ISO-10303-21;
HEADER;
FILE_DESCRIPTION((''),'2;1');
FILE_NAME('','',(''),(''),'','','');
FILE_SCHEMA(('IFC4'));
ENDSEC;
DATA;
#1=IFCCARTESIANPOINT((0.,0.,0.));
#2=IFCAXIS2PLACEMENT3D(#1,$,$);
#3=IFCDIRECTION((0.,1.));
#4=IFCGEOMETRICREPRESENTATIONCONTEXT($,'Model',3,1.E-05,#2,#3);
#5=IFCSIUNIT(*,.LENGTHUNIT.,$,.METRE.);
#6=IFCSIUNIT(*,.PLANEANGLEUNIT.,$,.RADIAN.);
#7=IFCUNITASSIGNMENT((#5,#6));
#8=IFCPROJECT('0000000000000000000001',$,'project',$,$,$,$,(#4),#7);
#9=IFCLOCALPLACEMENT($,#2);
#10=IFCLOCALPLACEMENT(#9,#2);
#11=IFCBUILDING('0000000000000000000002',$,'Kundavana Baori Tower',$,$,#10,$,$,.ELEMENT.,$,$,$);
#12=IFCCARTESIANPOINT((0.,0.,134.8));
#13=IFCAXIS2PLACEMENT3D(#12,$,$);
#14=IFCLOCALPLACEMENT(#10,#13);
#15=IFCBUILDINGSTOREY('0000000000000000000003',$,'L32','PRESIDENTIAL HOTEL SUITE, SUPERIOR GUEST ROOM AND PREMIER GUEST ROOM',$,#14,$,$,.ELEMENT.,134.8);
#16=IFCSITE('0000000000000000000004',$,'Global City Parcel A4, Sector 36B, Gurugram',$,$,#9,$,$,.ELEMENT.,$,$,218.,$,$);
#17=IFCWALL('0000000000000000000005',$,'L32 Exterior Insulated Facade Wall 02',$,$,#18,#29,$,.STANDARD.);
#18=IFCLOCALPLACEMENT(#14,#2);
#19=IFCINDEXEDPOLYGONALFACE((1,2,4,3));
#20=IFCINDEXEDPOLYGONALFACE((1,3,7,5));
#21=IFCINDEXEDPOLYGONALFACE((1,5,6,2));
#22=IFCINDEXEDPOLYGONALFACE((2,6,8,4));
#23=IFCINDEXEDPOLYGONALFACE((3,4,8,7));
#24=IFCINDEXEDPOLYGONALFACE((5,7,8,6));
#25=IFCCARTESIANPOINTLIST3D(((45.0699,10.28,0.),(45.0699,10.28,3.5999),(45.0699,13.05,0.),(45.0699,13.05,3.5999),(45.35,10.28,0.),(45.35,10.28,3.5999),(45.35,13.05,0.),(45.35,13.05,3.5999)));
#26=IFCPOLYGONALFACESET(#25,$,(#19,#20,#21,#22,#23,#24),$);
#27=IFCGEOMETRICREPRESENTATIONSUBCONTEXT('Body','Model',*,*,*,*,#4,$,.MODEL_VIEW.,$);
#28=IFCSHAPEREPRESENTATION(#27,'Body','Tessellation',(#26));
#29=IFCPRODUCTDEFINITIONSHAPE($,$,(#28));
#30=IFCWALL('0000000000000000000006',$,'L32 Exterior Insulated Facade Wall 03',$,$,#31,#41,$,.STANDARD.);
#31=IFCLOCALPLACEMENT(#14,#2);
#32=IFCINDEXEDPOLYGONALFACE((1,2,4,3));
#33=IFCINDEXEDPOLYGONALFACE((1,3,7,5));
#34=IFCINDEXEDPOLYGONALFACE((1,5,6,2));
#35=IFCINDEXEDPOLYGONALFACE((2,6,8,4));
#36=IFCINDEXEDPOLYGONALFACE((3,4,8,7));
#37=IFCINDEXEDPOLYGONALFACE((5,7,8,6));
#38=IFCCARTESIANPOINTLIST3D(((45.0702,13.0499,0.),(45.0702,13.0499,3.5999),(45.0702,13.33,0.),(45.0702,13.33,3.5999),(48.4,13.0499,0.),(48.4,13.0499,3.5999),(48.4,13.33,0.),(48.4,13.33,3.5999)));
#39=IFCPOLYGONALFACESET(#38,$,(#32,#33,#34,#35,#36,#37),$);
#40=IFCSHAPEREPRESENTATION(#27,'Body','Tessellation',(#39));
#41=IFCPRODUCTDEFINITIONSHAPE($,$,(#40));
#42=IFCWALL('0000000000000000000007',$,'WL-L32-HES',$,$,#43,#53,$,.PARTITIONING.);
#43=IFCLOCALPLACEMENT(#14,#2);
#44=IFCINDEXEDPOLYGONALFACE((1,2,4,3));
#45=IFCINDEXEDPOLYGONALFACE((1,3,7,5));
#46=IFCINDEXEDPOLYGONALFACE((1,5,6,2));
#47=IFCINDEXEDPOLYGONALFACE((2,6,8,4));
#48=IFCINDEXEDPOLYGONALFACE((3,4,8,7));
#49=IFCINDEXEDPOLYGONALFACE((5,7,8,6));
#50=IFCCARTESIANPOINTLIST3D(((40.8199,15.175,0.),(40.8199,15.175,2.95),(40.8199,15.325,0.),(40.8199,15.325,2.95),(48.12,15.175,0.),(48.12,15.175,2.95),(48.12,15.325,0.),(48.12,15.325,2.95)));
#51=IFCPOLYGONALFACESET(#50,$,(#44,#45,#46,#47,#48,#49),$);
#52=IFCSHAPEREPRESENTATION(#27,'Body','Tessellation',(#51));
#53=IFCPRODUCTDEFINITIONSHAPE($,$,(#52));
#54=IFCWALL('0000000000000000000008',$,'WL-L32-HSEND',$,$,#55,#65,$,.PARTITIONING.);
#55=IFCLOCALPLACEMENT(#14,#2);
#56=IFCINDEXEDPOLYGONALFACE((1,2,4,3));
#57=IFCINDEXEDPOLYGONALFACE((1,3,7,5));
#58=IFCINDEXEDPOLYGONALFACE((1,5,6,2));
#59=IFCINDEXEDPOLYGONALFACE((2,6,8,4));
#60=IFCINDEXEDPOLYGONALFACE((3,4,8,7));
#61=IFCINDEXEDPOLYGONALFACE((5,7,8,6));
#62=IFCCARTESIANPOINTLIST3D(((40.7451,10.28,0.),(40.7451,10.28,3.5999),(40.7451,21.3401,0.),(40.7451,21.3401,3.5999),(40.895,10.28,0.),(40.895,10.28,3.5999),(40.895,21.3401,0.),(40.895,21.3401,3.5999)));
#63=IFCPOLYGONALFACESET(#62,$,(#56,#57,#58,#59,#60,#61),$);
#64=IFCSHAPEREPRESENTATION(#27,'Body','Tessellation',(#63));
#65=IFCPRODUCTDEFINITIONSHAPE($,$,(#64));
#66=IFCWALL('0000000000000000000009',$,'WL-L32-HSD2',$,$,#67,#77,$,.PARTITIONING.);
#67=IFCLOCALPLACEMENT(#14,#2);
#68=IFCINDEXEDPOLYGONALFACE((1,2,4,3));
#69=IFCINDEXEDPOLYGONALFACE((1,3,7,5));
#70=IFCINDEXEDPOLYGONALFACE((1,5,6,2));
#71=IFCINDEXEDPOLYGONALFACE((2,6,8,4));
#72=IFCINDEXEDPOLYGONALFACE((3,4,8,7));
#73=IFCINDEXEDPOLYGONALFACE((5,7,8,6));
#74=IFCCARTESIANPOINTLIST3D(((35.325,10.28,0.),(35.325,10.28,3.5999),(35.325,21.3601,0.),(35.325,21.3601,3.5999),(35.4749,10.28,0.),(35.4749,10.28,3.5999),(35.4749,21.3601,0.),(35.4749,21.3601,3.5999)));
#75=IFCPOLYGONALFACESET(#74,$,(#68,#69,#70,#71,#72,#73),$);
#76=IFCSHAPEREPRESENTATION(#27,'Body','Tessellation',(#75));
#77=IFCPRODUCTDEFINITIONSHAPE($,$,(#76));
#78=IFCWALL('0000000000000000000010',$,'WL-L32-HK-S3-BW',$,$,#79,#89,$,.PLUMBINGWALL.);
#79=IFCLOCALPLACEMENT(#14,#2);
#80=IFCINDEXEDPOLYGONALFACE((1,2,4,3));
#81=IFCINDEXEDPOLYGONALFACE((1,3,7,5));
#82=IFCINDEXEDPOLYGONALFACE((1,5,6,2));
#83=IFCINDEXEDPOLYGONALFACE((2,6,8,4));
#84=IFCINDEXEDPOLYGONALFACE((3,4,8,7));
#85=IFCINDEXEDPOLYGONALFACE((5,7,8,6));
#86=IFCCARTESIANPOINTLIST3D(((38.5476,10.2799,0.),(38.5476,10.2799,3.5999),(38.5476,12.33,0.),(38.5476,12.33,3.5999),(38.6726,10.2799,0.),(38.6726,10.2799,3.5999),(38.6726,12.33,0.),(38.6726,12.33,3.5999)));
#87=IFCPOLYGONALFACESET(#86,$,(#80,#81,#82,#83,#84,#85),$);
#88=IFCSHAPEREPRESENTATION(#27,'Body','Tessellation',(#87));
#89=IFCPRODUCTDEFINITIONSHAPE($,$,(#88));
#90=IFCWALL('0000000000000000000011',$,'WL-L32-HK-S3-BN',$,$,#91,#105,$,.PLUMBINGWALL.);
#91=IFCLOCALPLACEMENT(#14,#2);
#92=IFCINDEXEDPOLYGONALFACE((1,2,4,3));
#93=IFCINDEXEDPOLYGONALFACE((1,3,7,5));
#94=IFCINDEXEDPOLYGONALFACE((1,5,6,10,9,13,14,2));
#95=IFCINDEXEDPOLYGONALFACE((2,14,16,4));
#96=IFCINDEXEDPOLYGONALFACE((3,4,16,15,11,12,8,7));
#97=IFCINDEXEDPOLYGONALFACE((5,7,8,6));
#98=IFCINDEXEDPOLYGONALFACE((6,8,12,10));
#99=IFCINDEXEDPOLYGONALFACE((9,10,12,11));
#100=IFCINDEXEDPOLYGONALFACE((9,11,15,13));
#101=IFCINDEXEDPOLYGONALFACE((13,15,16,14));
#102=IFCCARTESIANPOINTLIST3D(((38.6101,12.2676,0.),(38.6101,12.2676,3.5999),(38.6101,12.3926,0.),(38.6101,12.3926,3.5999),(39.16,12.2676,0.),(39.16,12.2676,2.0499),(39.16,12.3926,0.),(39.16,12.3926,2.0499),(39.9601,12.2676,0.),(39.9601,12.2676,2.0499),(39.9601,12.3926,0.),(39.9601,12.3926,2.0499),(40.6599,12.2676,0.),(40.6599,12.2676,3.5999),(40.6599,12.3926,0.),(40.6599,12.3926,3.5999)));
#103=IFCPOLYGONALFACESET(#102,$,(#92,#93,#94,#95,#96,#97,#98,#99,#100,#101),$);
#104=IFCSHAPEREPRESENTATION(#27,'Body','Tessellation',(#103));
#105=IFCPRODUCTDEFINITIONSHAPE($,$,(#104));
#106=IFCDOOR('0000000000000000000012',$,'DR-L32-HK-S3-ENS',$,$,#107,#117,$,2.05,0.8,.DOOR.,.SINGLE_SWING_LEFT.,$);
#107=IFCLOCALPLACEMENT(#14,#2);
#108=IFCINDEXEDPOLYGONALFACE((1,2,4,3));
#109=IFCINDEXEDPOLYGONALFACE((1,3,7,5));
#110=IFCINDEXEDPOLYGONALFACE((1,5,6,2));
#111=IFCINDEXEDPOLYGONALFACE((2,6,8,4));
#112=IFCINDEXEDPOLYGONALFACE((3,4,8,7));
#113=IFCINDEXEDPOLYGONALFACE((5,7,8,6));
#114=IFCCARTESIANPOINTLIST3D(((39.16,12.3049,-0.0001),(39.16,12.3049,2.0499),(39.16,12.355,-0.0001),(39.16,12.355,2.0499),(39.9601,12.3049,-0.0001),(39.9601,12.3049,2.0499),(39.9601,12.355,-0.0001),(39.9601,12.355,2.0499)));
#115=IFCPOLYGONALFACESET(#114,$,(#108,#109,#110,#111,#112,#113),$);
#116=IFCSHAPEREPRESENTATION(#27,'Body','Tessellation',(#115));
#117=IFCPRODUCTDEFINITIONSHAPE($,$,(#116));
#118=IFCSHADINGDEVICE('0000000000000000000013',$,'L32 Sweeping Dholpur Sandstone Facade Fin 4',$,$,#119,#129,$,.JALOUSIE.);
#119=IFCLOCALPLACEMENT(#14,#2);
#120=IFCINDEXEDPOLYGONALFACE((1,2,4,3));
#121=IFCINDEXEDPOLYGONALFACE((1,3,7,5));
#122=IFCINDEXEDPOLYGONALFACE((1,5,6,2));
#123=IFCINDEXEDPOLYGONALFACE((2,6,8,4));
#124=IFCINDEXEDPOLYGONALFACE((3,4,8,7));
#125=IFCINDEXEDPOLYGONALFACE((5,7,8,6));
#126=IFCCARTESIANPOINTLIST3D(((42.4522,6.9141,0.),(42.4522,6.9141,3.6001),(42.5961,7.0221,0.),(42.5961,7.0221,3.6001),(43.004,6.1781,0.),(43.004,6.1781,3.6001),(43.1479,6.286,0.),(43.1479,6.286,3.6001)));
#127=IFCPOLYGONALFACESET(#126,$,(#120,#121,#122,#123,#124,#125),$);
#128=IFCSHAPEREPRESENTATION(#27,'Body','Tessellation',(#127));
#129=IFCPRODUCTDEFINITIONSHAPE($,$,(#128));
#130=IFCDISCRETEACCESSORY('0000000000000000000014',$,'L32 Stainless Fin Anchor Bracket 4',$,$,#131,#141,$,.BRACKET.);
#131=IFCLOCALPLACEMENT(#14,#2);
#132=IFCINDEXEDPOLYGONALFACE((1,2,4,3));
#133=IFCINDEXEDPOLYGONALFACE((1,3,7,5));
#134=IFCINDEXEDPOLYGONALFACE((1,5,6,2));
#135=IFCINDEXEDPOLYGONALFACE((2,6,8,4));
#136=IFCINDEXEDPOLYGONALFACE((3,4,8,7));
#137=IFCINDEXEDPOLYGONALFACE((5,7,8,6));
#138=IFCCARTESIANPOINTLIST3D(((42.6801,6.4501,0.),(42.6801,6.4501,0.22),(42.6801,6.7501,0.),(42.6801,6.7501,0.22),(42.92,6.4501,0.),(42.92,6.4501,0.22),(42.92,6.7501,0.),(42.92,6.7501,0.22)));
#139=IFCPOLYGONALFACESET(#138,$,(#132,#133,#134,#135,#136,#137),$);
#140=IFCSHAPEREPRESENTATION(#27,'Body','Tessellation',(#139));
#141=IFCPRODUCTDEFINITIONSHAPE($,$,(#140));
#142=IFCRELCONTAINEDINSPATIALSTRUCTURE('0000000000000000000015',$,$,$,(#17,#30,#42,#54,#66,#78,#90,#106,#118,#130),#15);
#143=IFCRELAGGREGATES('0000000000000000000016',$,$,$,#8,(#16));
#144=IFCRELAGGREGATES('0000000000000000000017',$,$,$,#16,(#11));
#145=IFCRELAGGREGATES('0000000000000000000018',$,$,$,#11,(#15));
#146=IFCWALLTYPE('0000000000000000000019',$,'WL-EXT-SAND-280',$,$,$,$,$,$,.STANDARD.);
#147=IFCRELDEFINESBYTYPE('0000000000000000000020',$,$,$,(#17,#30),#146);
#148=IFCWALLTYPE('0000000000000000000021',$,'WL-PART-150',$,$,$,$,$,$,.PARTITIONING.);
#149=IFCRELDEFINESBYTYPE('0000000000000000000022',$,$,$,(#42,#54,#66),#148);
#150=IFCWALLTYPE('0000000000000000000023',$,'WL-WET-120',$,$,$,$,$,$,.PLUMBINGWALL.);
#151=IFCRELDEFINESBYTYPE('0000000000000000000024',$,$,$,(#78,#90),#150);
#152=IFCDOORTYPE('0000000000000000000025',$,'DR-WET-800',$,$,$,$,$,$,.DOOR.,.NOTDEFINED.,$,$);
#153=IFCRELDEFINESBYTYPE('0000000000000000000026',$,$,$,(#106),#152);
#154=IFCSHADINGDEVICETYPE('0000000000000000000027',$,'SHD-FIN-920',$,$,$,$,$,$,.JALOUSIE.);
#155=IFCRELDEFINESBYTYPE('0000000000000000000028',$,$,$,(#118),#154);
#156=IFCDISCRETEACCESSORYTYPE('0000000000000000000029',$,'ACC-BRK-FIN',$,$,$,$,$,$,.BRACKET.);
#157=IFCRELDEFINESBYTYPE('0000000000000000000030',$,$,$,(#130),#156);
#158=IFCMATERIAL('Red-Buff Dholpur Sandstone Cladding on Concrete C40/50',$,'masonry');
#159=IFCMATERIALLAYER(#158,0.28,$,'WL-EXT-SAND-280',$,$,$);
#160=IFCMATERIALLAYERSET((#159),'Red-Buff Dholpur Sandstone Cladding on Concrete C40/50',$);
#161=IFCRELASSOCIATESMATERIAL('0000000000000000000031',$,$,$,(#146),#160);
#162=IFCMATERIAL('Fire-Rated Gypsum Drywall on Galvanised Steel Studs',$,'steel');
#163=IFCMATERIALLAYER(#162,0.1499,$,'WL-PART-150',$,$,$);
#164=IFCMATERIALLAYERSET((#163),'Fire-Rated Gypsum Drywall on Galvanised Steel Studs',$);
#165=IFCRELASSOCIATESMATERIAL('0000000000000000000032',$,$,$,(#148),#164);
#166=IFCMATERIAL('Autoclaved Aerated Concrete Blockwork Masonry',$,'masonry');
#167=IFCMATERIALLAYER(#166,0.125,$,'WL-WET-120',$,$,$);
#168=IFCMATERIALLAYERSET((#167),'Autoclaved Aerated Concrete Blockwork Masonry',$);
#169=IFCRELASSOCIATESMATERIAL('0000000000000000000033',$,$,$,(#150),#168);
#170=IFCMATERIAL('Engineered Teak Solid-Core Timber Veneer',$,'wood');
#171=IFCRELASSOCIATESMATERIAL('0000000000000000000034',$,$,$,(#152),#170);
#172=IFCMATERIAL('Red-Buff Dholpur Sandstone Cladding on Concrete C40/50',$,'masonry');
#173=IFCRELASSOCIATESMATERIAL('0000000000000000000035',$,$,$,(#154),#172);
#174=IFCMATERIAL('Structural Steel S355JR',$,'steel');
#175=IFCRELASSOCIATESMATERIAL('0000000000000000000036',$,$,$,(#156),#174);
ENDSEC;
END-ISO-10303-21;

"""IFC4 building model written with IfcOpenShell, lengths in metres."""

from ifc_helpers import new_model, si_unit, direction, frame, frame_2d, origin, origin_2d, place, context, subcontext, project, spatial, rectangle, extrude, material, layer, layer_set, type_object, element, fill, save


model = new_model("IFC4")

# Units and contexts
model_context = context("Model", 3, precision=1e-05, world=origin(), true_north=direction((0.0, 1.0)))
body_context = subcontext(model_context, "Body", "Model", "MODEL_VIEW")
ifc_project = project(units=[si_unit("LENGTHUNIT", "METRE"), si_unit("PLANEANGLEUNIT", "RADIAN")], contexts=[model_context])

# Site, building, storey
site_placement = place(None, origin())
site = spatial("IfcSite", under=ifc_project, at=site_placement, Name="Global City Parcel A4, Sector 36B, Gurugram", CompositionType="ELEMENT", RefElevation=218.0)
building_placement = place(site_placement, origin())
building = spatial("IfcBuilding", under=site, at=building_placement, Name="Kundavana Baori Tower", CompositionType="ELEMENT")
storey_placement = place(building_placement, frame((0.0, 0.0, 134.8)))
storey = spatial("IfcBuildingStorey", under=building, at=storey_placement, Name="L32", Description="PRESIDENTIAL HOTEL SUITE, SUPERIOR GUEST ROOM AND PREMIER GUEST ROOM", CompositionType="ELEMENT", Elevation=134.8)

# Walls
ifc_material_1 = material(Name="Red-Buff Dholpur Sandstone Cladding on Concrete C40/50", Category="masonry")
ifc_layer_1 = layer(ifc_material_1, 0.28, Name="WL-EXT-SAND-280")
ifc_layer_set_1 = layer_set([ifc_layer_1], Name="Red-Buff Dholpur Sandstone Cladding on Concrete C40/50")
wall_type_1 = type_object("IfcWallType", Name="WL-EXT-SAND-280", PredefinedType="STANDARD", material=ifc_layer_set_1)
wall_1_placement = place(storey_placement, frame((45.21, 10.28, 0.0), z_axis=(0.0, 0.0, 1.0), x_axis=(0.0, 1.0, 0.0)))
element("IfcWall", 1, at=wall_1_placement, inside=storey, type_object=wall_type_1, Name="L32 Exterior Insulated Facade Wall 02", PredefinedType="STANDARD", context=body_context, shape_type="SweptSolid", body=[
    extrude(rectangle(XDim=2.77, YDim=0.28, at=frame_2d((1.385, 0.0))), origin(), (0.0, 0.0, 1.0), 3.5999),
])
wall_2_placement = place(storey_placement, frame((45.0701, 13.1899, 0.0), z_axis=(0.0, 0.0, 1.0), x_axis=(1.0, 0.0, 0.0)))
element("IfcWall", 2, at=wall_2_placement, inside=storey, type_object=wall_type_1, Name="L32 Exterior Insulated Facade Wall 03", PredefinedType="STANDARD", context=body_context, shape_type="SweptSolid", body=[
    extrude(rectangle(XDim=3.3298, YDim=0.28, at=frame_2d((1.665, 0.0))), origin(), (0.0, 0.0, 1.0), 3.5999),
])

# Walls
ifc_material_2 = material(Name="Fire-Rated Gypsum Drywall on Galvanised Steel Studs", Category="steel")
ifc_layer_2 = layer(ifc_material_2, 0.1499, Name="WL-PART-150")
ifc_layer_set_2 = layer_set([ifc_layer_2], Name="Fire-Rated Gypsum Drywall on Galvanised Steel Studs")
wall_type_2 = type_object("IfcWallType", Name="WL-PART-150", PredefinedType="PARTITIONING", material=ifc_layer_set_2)
wall_3_placement = place(storey_placement, frame((40.8201, 15.25, 0.0), z_axis=(0.0, 0.0, 1.0), x_axis=(1.0, 0.0, 0.0)))
element("IfcWall", 3, at=wall_3_placement, inside=storey, type_object=wall_type_2, Name="WL-L32-HES", PredefinedType="PARTITIONING", context=body_context, shape_type="SweptSolid", body=[
    extrude(rectangle(XDim=7.3, YDim=0.1499, at=frame_2d((3.6499, 0.0))), origin(), (0.0, 0.0, 1.0), 2.95),
])
wall_4_placement = place(storey_placement, frame((40.8201, 10.28, 0.0), z_axis=(0.0, 0.0, 1.0), x_axis=(0.0, 1.0, 0.0)))
element("IfcWall", 4, at=wall_4_placement, inside=storey, type_object=wall_type_2, Name="WL-L32-HSEND", PredefinedType="PARTITIONING", context=body_context, shape_type="SweptSolid", body=[
    extrude(rectangle(XDim=11.0601, YDim=0.1499, at=frame_2d((5.53, 0.0))), origin(), (0.0, 0.0, 1.0), 3.5999),
])
wall_5_placement = place(storey_placement, frame((35.3999, 10.28, 0.0), z_axis=(0.0, 0.0, 1.0), x_axis=(0.0, 1.0, 0.0)))
element("IfcWall", 5, at=wall_5_placement, inside=storey, type_object=wall_type_2, Name="WL-L32-HSD2", PredefinedType="PARTITIONING", context=body_context, shape_type="SweptSolid", body=[
    extrude(rectangle(XDim=11.0801, YDim=0.1499, at=frame_2d((5.54, 0.0))), origin(), (0.0, 0.0, 1.0), 3.5999),
])
ifc_material_3 = material(Name="Autoclaved Aerated Concrete Blockwork Masonry", Category="masonry")
ifc_layer_3 = layer(ifc_material_3, 0.125, Name="WL-WET-120")
ifc_layer_set_3 = layer_set([ifc_layer_3], Name="Autoclaved Aerated Concrete Blockwork Masonry")
wall_type_3 = type_object("IfcWallType", Name="WL-WET-120", PredefinedType="PLUMBINGWALL", material=ifc_layer_set_3)
wall_6_placement = place(storey_placement, frame((38.6101, 10.28, 0.0), z_axis=(0.0, 0.0, 1.0), x_axis=(0.0, 1.0, 0.0)))
element("IfcWall", 6, at=wall_6_placement, inside=storey, type_object=wall_type_3, Name="WL-L32-HK-S3-BW", PredefinedType="PLUMBINGWALL", context=body_context, shape_type="SweptSolid", body=[
    extrude(rectangle(XDim=2.05, YDim=0.125, at=frame_2d((1.0249, 0.0))), origin(), (0.0, 0.0, 1.0), 3.5999),
])

# Wall, opening, door
wall_7_placement = place(storey_placement, frame((38.6101, 12.3301, 0.0), z_axis=(0.0, 0.0, 1.0), x_axis=(1.0, 0.0, 0.0)))
wall_7 = element("IfcWall", 7, at=wall_7_placement, inside=storey, type_object=wall_type_3, Name="WL-L32-HK-S3-BN", PredefinedType="PLUMBINGWALL", context=body_context, shape_type="SweptSolid", body=[
    extrude(rectangle(XDim=2.0498, YDim=0.125, at=frame_2d((1.0249, 0.0))), origin(), (0.0, 0.0, 1.0), 3.5999),
])
opening_1_placement = place(wall_7_placement, frame((0.55, 0.0, 0.0)))
opening_1 = element("IfcOpeningElement", 8, at=opening_1_placement, cuts=wall_7, PredefinedType="OPENING", context=body_context, shape_type="SweptSolid", body=[
    extrude(rectangle(XDim=0.8, YDim=2.05, at=frame_2d((0.3999, 1.0249))), frame((0.0, 0.0725, 0.0), z_axis=(0.0, -1.0, 0.0), x_axis=(1.0, 0.0, 0.0)), (0.0, 0.0, 1.0), 0.145),
])
ifc_material_4 = material(Name="Engineered Teak Solid-Core Timber Veneer", Category="wood")
door_type_1 = type_object("IfcDoorType", Name="DR-WET-800", OperationType="NOTDEFINED", PredefinedType="DOOR", material=ifc_material_4)
door_1_placement = place(opening_1_placement, origin())
door_1 = element("IfcDoor", 9, at=door_1_placement, inside=storey, type_object=door_type_1, Name="DR-L32-HK-S3-ENS", OperationType="SINGLE_SWING_LEFT", OverallHeight=2.05, OverallWidth=0.8, PredefinedType="DOOR", context=body_context, shape_type="SweptSolid", body=[
    extrude(rectangle(XDim=0.8, YDim=2.05, at=frame_2d((0.3999, 1.0249))), frame((0.0, 0.0249, 0.0), z_axis=(0.0, -1.0, 0.0), x_axis=(1.0, 0.0, 0.0)), (0.0, 0.0, 1.0), 0.05),
])
fill(opening_1, door_1)

# Shading device
ifc_material_5 = material(Name="Red-Buff Dholpur Sandstone Cladding on Concrete C40/50", Category="masonry")
shading_device_type = type_object("IfcShadingDeviceType", Name="SHD-FIN-920", PredefinedType="JALOUSIE", material=ifc_material_5)
shading_device_placement = place(storey_placement, frame((42.8, 6.6001, 0.0), z_axis=(0.0, 0.0, 1.0), x_axis=(0.800104, 0.599862, 0.0)))
element("IfcShadingDevice", 10, at=shading_device_placement, inside=storey, type_object=shading_device_type, Name="L32 Sweeping Dholpur Sandstone Facade Fin 4", PredefinedType="JALOUSIE", context=body_context, shape_type="SweptSolid", body=[
    extrude(rectangle(XDim=0.1799, YDim=0.9199, at=origin_2d()), origin(), (0.0, 0.0, 1.0), 3.6001),
])

# Discrete accessory
ifc_material_6 = material(Name="Structural Steel S355JR", Category="steel")
discrete_accessory_type = type_object("IfcDiscreteAccessoryType", Name="ACC-BRK-FIN", PredefinedType="BRACKET", material=ifc_material_6)
discrete_accessory_placement = place(storey_placement, frame((42.8, 6.6001, 0.0), z_axis=(0.0, 0.0, 1.0), x_axis=(1.0, 0.0, 0.0)))
element("IfcDiscreteAccessory", 11, at=discrete_accessory_placement, inside=storey, type_object=discrete_accessory_type, Name="L32 Stainless Fin Anchor Bracket 4", PredefinedType="BRACKET", context=body_context, shape_type="SweptSolid", body=[
    extrude(rectangle(XDim=0.24, YDim=0.3, at=origin_2d()), origin(), (0.0, 0.0, 1.0), 0.22),
])

save(model, "model.ifc")
